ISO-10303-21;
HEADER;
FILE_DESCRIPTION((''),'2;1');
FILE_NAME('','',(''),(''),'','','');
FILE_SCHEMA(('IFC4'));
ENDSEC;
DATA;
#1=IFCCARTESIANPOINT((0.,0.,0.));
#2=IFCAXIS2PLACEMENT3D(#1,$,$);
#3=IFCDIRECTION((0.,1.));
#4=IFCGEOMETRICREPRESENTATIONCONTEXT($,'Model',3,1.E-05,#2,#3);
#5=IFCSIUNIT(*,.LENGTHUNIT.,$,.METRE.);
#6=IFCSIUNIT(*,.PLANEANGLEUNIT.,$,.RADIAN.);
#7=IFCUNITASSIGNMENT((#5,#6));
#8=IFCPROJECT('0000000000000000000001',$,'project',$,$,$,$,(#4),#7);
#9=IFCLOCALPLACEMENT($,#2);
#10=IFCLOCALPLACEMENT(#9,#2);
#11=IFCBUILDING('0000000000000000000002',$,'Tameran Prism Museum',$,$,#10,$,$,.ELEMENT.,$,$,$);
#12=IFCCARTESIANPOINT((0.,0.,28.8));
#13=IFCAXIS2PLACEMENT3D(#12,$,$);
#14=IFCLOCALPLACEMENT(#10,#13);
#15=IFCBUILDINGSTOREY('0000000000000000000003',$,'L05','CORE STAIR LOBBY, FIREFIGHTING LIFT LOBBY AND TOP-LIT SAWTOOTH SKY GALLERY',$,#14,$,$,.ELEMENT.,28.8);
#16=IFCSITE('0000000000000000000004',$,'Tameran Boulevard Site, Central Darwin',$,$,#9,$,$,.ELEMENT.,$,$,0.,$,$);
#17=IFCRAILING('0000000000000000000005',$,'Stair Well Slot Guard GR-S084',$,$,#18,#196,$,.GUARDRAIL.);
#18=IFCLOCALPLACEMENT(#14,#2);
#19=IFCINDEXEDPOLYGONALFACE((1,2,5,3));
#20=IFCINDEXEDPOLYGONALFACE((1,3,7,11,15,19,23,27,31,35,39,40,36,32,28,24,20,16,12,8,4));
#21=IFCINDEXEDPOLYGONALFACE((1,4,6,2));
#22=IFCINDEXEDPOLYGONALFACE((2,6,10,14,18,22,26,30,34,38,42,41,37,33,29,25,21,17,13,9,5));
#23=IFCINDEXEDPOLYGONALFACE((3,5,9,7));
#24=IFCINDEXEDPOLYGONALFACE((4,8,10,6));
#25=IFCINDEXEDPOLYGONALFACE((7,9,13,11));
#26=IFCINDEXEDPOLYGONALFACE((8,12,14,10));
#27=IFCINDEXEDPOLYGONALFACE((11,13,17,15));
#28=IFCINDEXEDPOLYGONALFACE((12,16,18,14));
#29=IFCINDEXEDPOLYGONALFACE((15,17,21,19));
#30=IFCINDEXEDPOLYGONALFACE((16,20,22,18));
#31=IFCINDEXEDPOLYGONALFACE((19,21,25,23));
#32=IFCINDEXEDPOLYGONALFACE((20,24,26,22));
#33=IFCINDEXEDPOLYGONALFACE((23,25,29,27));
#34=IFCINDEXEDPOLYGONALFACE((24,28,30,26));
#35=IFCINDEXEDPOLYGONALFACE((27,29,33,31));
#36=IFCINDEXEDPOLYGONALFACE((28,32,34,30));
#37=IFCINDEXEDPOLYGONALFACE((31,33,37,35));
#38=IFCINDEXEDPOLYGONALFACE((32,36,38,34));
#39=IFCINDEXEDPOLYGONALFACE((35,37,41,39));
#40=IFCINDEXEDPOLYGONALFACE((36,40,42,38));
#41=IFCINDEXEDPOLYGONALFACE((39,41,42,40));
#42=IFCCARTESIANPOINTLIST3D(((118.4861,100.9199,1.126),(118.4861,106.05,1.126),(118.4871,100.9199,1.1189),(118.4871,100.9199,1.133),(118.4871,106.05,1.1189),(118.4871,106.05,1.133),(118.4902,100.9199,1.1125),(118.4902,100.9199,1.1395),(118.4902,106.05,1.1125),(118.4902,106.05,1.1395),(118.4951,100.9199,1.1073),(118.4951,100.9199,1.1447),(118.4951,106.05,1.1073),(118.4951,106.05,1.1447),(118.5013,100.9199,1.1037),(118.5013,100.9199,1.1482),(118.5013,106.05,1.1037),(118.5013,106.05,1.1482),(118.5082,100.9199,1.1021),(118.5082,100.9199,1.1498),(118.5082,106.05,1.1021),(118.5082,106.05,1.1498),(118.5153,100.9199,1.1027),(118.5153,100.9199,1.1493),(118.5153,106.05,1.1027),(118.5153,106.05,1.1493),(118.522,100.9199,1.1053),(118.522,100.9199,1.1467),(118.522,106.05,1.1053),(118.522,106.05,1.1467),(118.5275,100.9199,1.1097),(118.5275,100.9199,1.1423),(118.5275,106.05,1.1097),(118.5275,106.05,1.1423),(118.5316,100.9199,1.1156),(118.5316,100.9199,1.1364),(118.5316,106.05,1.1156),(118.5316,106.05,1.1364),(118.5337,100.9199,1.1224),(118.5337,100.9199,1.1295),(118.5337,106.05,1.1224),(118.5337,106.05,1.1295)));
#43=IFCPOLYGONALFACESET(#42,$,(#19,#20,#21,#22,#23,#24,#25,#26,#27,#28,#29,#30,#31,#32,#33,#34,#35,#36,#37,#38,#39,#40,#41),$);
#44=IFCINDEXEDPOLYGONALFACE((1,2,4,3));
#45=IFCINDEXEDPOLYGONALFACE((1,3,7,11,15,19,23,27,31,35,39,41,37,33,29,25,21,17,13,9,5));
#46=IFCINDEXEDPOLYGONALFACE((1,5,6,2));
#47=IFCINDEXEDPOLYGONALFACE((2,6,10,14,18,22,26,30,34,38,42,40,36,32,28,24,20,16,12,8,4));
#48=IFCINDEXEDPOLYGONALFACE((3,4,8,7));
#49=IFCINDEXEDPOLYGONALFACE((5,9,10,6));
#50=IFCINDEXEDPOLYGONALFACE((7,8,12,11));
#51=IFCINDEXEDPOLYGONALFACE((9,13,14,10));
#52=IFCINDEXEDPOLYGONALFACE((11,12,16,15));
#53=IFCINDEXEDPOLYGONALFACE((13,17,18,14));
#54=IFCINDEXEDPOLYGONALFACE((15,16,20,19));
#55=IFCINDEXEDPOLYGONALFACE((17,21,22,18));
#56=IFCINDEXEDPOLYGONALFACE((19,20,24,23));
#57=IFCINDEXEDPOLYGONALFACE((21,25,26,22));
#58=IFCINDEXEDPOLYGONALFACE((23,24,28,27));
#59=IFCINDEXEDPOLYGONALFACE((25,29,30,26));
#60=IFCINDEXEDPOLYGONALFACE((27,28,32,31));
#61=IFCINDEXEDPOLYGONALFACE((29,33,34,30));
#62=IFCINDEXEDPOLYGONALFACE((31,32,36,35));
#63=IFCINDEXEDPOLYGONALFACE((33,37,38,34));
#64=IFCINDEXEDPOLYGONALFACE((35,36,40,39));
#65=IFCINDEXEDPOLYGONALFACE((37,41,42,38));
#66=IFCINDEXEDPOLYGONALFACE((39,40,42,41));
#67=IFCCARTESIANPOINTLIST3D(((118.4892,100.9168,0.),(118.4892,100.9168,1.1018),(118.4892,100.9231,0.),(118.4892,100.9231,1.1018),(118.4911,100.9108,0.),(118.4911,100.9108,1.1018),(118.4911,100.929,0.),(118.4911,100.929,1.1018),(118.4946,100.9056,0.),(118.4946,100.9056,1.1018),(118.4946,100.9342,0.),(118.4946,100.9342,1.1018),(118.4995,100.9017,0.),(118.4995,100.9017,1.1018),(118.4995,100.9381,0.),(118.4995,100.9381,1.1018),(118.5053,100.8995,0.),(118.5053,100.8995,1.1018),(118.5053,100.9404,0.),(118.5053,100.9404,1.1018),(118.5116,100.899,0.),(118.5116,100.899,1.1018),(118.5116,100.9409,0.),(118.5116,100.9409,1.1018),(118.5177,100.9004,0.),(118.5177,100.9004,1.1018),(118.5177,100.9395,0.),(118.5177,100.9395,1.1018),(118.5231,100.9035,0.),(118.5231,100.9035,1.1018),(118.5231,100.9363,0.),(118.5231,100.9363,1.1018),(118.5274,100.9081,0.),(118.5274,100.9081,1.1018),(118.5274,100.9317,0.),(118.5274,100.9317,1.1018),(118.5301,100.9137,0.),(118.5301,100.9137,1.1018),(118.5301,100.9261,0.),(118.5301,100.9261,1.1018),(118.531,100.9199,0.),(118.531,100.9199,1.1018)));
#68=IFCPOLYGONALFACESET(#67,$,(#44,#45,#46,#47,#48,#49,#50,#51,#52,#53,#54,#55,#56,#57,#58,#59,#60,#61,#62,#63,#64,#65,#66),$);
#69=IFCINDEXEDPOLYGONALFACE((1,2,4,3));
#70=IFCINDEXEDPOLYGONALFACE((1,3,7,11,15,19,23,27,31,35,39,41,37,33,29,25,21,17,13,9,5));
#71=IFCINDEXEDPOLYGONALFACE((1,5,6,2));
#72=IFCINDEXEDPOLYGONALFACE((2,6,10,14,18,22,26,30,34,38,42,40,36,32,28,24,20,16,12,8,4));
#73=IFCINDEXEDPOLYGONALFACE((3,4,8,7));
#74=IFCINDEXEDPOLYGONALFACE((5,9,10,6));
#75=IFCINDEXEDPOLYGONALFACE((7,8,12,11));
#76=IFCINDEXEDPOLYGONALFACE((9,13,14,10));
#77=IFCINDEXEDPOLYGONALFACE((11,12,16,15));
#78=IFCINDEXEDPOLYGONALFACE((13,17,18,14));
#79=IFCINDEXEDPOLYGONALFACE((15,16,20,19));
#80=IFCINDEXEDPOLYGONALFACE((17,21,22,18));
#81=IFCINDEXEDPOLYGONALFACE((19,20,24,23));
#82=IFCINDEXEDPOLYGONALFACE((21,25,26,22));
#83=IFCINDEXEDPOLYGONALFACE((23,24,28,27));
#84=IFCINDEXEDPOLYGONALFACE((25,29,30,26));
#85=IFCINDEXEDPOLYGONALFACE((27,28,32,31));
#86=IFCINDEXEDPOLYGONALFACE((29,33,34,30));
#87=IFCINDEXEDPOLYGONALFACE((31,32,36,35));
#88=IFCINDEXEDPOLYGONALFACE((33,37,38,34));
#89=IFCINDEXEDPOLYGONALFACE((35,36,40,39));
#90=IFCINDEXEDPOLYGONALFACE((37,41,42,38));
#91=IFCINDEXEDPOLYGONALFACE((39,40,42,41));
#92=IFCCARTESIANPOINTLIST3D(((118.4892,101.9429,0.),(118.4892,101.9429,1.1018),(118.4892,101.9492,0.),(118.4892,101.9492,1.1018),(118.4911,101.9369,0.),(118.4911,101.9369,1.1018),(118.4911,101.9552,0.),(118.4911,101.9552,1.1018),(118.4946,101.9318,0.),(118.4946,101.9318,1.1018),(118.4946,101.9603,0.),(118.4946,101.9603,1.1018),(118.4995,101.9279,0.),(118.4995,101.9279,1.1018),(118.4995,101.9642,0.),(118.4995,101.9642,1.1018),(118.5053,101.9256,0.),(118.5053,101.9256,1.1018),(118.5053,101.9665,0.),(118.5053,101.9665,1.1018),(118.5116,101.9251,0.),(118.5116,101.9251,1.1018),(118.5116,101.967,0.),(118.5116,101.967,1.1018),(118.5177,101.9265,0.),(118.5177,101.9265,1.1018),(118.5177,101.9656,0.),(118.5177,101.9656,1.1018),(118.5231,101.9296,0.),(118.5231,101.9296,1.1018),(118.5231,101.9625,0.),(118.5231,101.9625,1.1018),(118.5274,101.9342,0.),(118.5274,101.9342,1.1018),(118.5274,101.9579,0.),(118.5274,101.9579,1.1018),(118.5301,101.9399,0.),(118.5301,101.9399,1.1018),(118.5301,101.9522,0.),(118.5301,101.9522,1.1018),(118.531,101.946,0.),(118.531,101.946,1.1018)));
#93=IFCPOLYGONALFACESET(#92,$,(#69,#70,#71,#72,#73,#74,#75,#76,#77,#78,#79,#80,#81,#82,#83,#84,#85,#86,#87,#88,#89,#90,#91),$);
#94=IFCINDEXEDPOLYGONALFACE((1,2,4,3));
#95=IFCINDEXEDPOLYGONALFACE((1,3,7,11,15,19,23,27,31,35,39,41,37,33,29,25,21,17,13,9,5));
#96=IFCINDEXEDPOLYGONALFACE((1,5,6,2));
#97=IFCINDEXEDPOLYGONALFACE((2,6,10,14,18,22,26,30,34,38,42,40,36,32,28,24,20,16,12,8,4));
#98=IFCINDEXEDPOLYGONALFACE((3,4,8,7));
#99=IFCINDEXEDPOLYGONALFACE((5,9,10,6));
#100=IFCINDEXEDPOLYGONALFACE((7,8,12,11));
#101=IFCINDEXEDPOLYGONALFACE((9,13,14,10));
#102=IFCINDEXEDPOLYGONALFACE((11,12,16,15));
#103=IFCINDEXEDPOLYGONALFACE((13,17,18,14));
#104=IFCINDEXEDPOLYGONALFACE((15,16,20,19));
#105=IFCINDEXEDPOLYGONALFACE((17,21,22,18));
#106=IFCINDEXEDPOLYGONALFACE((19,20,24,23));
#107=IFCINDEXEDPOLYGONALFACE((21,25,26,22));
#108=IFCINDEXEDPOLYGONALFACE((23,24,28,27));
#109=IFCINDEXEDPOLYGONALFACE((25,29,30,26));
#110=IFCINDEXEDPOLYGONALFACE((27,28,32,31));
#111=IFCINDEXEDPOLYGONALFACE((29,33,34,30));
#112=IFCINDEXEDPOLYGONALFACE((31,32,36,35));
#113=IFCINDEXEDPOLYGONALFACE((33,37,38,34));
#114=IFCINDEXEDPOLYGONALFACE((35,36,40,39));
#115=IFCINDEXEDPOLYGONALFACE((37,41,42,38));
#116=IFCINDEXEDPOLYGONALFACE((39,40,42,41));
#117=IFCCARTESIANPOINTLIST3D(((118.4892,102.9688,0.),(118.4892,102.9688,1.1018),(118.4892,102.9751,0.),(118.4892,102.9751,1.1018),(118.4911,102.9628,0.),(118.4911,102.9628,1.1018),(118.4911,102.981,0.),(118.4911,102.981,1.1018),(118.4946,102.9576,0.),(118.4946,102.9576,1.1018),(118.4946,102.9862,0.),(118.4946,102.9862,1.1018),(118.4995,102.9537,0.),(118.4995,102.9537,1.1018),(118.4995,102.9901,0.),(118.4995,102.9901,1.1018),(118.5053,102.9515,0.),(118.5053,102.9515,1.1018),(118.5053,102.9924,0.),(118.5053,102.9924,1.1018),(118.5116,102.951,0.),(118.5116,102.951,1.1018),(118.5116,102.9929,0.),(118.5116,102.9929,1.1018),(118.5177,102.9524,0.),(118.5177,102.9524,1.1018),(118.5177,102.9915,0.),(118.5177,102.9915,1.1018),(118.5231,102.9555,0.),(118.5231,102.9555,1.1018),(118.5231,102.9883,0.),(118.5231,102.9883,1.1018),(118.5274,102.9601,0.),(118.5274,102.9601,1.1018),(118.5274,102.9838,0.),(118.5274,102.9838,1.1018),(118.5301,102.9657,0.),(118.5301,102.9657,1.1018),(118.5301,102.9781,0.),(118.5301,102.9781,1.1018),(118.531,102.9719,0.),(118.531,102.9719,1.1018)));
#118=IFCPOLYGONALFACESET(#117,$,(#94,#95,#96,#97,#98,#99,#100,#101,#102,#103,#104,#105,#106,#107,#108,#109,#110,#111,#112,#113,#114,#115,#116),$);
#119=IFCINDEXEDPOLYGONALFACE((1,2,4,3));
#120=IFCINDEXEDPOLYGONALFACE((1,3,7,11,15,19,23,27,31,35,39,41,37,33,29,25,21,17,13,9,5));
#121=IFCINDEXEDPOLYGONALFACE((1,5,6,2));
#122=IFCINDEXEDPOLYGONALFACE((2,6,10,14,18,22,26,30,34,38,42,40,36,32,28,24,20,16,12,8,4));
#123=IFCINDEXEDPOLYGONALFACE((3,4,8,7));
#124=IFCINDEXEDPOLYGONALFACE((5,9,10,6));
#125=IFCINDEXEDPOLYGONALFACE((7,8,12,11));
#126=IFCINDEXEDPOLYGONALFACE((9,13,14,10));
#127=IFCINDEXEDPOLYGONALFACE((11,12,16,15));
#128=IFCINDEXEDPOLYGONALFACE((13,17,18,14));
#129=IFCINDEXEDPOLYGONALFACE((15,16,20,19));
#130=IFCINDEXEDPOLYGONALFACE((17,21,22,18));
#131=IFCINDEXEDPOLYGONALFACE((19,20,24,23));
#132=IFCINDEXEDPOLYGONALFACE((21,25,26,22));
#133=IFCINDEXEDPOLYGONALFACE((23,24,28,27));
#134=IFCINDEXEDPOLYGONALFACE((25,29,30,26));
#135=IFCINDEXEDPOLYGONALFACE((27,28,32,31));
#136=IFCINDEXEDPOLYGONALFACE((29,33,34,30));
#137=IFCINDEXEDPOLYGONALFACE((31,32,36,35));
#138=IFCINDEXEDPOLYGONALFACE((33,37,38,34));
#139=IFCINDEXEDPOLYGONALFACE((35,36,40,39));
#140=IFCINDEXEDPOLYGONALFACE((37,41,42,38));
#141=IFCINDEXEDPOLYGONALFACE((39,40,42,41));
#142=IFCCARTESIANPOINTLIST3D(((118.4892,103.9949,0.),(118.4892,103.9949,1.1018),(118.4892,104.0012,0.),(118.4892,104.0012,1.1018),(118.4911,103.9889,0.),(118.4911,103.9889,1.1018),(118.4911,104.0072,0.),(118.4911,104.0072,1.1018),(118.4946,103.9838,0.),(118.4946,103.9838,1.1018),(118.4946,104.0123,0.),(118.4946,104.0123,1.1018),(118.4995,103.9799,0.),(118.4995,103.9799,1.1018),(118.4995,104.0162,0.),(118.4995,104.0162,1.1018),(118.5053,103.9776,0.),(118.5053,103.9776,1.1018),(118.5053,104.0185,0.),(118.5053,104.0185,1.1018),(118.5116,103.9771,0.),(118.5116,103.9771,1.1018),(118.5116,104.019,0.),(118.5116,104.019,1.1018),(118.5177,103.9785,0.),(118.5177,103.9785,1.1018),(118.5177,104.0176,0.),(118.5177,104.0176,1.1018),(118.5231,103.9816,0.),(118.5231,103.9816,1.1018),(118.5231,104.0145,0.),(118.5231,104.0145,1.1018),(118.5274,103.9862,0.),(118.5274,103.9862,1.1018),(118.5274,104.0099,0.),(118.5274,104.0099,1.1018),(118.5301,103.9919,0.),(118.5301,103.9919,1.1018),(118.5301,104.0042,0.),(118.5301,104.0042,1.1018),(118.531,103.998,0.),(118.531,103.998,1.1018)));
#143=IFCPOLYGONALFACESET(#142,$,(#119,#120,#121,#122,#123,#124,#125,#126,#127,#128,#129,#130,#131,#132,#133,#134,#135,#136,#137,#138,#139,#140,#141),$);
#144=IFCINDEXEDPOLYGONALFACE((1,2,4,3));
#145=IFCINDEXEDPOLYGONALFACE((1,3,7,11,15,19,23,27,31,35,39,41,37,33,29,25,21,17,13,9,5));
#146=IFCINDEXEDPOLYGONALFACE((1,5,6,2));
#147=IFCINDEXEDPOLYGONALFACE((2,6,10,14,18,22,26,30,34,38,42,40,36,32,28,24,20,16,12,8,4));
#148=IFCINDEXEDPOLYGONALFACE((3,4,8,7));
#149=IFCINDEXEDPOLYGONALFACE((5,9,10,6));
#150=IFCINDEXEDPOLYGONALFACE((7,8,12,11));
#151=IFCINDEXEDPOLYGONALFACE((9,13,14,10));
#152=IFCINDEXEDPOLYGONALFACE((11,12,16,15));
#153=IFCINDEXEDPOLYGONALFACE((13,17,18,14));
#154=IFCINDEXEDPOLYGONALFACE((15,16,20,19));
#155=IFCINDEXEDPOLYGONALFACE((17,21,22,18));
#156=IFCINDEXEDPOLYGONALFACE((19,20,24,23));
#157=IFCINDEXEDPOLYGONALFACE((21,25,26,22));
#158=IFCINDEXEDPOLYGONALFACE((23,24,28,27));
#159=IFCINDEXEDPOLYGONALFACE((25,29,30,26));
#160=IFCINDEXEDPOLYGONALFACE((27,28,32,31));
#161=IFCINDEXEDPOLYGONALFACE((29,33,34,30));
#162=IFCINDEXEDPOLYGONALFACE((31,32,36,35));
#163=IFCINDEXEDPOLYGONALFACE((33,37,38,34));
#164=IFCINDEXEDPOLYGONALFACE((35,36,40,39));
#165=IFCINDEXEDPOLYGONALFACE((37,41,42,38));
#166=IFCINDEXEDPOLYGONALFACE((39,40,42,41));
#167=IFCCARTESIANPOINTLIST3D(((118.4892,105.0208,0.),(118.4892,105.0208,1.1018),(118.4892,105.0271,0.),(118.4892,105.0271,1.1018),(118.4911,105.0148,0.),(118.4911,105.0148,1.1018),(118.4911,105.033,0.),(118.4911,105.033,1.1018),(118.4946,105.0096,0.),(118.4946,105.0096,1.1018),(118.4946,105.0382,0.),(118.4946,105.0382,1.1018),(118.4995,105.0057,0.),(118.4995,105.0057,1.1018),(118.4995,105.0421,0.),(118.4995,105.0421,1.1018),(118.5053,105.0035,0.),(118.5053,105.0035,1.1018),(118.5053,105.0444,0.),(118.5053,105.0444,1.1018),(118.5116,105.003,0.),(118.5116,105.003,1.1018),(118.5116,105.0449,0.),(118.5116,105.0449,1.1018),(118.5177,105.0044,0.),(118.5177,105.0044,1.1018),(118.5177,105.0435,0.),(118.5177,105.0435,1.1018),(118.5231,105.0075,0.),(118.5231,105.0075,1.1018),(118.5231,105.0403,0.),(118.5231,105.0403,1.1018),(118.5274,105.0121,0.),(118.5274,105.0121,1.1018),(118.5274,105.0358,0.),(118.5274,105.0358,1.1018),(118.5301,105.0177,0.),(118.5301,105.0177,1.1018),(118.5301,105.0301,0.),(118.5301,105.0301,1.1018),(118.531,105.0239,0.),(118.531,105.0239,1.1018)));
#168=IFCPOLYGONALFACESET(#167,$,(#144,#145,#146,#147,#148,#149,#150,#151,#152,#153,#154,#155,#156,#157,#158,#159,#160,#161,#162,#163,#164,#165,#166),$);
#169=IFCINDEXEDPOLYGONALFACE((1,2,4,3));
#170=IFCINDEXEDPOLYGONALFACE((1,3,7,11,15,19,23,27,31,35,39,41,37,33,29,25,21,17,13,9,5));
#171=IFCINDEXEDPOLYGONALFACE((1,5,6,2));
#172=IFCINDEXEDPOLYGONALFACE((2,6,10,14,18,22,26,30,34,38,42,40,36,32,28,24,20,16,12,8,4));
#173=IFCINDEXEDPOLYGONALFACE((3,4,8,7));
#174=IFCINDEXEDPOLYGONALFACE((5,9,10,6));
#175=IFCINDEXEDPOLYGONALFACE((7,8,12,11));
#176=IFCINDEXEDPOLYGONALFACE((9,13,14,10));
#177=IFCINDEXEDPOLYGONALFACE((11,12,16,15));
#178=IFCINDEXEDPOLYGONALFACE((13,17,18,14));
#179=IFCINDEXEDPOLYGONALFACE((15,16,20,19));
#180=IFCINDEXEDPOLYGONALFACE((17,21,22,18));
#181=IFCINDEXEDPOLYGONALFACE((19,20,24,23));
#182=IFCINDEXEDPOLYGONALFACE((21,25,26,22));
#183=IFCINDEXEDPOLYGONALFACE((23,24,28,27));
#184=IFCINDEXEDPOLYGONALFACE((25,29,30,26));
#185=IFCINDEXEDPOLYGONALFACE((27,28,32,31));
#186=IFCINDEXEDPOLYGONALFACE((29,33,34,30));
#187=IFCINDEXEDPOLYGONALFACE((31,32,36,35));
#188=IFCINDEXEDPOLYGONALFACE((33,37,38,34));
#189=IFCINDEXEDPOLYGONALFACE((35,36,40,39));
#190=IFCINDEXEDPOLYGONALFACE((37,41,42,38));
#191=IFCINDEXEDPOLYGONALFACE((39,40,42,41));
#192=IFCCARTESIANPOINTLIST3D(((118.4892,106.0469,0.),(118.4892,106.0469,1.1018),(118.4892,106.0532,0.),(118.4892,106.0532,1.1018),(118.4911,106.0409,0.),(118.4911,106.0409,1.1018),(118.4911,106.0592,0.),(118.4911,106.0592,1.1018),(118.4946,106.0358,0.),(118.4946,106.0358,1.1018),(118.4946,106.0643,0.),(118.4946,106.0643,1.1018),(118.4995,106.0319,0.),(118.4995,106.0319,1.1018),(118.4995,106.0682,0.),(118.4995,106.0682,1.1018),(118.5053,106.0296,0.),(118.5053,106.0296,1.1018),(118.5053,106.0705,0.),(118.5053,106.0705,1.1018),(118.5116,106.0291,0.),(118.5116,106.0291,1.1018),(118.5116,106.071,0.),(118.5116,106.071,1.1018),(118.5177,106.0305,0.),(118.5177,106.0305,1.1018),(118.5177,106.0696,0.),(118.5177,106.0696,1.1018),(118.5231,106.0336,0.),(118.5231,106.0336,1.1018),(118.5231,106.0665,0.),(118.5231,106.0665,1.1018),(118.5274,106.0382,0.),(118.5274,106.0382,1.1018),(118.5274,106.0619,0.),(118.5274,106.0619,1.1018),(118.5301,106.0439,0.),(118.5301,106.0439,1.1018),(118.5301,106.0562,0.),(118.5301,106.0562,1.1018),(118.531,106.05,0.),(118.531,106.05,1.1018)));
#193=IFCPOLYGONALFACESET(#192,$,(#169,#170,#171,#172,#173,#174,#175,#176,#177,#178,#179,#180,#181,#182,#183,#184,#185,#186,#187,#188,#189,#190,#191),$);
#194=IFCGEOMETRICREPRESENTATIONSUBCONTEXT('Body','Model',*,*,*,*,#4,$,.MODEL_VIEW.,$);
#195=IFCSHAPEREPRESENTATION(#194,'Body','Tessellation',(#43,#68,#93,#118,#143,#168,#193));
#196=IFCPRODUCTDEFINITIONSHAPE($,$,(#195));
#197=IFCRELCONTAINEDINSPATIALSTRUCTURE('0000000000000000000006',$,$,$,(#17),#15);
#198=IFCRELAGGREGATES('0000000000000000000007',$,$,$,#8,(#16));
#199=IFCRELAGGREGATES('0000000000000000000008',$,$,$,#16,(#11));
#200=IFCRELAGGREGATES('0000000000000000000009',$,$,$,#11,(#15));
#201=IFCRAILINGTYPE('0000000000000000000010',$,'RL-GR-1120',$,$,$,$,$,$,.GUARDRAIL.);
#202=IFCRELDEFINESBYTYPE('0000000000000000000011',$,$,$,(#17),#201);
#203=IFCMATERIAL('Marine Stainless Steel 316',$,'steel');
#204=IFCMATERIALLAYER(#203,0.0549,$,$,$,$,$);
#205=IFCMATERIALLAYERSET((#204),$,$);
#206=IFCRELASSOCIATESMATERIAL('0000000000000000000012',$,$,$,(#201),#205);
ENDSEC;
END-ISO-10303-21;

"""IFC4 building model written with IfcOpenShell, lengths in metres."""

from ifc_helpers import new_model, si_unit, direction, frame, origin, origin_2d, place, context, subcontext, project, spatial, circle, extrude, material, layer, layer_set, type_object, element, save


model = new_model("IFC4")

# Units and contexts
model_context = context("Model", 3, precision=1e-05, world=origin(), true_north=direction((0.0, 1.0)))
body_context = subcontext(model_context, "Body", "Model", "MODEL_VIEW")
ifc_project = project(units=[si_unit("LENGTHUNIT", "METRE"), si_unit("PLANEANGLEUNIT", "RADIAN")], contexts=[model_context])

# Site, building, storey
site_placement = place(None, origin())
site = spatial("IfcSite", under=ifc_project, at=site_placement, Name="Tameran Boulevard Site, Central Darwin", CompositionType="ELEMENT", RefElevation=0.0)
building_placement = place(site_placement, origin())
building = spatial("IfcBuilding", under=site, at=building_placement, Name="Tameran Prism Museum", CompositionType="ELEMENT")
storey_placement = place(building_placement, frame((0.0, 0.0, 28.8)))
storey = spatial("IfcBuildingStorey", under=building, at=storey_placement, Name="L05", Description="CORE STAIR LOBBY, FIREFIGHTING LIFT LOBBY AND TOP-LIT SAWTOOTH SKY GALLERY", CompositionType="ELEMENT", Elevation=28.8)

# Railing
ifc_material_1 = material(Name="Marine Stainless Steel 316", Category="steel")
ifc_layer_1 = layer(ifc_material_1, 0.0549)
ifc_layer_set_1 = layer_set([ifc_layer_1])
railing_type = type_object("IfcRailingType", Name="RL-GR-1120", PredefinedType="GUARDRAIL", material=ifc_layer_set_1)
railing_placement = place(storey_placement, frame((118.51, 100.9199, 0.0)))
element("IfcRailing", 1, at=railing_placement, inside=storey, type_object=railing_type, Name="Stair Well Slot Guard GR-S084", PredefinedType="GUARDRAIL", context=body_context, shape_type="SweptSolid", body=[
    extrude(circle(Radius=0.0239, at=origin_2d()), frame((0.0, 0.0, 1.126), z_axis=(0.0, 1.0, 0.0), x_axis=(-1.0, 0.0, 0.0)), (0.0, 0.0, 1.0), 5.1301),
    extrude(circle(Radius=0.021, at=origin_2d()), origin(), (0.0, 0.0, 1.0), 1.1018),
    extrude(circle(Radius=0.021, at=origin_2d()), frame((0.0, 1.0261, 0.0)), (0.0, 0.0, 1.0), 1.1018),
    extrude(circle(Radius=0.021, at=origin_2d()), frame((0.0, 2.052, 0.0)), (0.0, 0.0, 1.0), 1.1018),
    extrude(circle(Radius=0.021, at=origin_2d()), frame((0.0, 3.0781, 0.0)), (0.0, 0.0, 1.0), 1.1018),
    extrude(circle(Radius=0.021, at=origin_2d()), frame((0.0, 4.104, 0.0)), (0.0, 0.0, 1.0), 1.1018),
    extrude(circle(Radius=0.021, at=origin_2d()), frame((0.0, 5.1301, 0.0)), (0.0, 0.0, 1.0), 1.1018),
])

save(model, "model.ifc")
